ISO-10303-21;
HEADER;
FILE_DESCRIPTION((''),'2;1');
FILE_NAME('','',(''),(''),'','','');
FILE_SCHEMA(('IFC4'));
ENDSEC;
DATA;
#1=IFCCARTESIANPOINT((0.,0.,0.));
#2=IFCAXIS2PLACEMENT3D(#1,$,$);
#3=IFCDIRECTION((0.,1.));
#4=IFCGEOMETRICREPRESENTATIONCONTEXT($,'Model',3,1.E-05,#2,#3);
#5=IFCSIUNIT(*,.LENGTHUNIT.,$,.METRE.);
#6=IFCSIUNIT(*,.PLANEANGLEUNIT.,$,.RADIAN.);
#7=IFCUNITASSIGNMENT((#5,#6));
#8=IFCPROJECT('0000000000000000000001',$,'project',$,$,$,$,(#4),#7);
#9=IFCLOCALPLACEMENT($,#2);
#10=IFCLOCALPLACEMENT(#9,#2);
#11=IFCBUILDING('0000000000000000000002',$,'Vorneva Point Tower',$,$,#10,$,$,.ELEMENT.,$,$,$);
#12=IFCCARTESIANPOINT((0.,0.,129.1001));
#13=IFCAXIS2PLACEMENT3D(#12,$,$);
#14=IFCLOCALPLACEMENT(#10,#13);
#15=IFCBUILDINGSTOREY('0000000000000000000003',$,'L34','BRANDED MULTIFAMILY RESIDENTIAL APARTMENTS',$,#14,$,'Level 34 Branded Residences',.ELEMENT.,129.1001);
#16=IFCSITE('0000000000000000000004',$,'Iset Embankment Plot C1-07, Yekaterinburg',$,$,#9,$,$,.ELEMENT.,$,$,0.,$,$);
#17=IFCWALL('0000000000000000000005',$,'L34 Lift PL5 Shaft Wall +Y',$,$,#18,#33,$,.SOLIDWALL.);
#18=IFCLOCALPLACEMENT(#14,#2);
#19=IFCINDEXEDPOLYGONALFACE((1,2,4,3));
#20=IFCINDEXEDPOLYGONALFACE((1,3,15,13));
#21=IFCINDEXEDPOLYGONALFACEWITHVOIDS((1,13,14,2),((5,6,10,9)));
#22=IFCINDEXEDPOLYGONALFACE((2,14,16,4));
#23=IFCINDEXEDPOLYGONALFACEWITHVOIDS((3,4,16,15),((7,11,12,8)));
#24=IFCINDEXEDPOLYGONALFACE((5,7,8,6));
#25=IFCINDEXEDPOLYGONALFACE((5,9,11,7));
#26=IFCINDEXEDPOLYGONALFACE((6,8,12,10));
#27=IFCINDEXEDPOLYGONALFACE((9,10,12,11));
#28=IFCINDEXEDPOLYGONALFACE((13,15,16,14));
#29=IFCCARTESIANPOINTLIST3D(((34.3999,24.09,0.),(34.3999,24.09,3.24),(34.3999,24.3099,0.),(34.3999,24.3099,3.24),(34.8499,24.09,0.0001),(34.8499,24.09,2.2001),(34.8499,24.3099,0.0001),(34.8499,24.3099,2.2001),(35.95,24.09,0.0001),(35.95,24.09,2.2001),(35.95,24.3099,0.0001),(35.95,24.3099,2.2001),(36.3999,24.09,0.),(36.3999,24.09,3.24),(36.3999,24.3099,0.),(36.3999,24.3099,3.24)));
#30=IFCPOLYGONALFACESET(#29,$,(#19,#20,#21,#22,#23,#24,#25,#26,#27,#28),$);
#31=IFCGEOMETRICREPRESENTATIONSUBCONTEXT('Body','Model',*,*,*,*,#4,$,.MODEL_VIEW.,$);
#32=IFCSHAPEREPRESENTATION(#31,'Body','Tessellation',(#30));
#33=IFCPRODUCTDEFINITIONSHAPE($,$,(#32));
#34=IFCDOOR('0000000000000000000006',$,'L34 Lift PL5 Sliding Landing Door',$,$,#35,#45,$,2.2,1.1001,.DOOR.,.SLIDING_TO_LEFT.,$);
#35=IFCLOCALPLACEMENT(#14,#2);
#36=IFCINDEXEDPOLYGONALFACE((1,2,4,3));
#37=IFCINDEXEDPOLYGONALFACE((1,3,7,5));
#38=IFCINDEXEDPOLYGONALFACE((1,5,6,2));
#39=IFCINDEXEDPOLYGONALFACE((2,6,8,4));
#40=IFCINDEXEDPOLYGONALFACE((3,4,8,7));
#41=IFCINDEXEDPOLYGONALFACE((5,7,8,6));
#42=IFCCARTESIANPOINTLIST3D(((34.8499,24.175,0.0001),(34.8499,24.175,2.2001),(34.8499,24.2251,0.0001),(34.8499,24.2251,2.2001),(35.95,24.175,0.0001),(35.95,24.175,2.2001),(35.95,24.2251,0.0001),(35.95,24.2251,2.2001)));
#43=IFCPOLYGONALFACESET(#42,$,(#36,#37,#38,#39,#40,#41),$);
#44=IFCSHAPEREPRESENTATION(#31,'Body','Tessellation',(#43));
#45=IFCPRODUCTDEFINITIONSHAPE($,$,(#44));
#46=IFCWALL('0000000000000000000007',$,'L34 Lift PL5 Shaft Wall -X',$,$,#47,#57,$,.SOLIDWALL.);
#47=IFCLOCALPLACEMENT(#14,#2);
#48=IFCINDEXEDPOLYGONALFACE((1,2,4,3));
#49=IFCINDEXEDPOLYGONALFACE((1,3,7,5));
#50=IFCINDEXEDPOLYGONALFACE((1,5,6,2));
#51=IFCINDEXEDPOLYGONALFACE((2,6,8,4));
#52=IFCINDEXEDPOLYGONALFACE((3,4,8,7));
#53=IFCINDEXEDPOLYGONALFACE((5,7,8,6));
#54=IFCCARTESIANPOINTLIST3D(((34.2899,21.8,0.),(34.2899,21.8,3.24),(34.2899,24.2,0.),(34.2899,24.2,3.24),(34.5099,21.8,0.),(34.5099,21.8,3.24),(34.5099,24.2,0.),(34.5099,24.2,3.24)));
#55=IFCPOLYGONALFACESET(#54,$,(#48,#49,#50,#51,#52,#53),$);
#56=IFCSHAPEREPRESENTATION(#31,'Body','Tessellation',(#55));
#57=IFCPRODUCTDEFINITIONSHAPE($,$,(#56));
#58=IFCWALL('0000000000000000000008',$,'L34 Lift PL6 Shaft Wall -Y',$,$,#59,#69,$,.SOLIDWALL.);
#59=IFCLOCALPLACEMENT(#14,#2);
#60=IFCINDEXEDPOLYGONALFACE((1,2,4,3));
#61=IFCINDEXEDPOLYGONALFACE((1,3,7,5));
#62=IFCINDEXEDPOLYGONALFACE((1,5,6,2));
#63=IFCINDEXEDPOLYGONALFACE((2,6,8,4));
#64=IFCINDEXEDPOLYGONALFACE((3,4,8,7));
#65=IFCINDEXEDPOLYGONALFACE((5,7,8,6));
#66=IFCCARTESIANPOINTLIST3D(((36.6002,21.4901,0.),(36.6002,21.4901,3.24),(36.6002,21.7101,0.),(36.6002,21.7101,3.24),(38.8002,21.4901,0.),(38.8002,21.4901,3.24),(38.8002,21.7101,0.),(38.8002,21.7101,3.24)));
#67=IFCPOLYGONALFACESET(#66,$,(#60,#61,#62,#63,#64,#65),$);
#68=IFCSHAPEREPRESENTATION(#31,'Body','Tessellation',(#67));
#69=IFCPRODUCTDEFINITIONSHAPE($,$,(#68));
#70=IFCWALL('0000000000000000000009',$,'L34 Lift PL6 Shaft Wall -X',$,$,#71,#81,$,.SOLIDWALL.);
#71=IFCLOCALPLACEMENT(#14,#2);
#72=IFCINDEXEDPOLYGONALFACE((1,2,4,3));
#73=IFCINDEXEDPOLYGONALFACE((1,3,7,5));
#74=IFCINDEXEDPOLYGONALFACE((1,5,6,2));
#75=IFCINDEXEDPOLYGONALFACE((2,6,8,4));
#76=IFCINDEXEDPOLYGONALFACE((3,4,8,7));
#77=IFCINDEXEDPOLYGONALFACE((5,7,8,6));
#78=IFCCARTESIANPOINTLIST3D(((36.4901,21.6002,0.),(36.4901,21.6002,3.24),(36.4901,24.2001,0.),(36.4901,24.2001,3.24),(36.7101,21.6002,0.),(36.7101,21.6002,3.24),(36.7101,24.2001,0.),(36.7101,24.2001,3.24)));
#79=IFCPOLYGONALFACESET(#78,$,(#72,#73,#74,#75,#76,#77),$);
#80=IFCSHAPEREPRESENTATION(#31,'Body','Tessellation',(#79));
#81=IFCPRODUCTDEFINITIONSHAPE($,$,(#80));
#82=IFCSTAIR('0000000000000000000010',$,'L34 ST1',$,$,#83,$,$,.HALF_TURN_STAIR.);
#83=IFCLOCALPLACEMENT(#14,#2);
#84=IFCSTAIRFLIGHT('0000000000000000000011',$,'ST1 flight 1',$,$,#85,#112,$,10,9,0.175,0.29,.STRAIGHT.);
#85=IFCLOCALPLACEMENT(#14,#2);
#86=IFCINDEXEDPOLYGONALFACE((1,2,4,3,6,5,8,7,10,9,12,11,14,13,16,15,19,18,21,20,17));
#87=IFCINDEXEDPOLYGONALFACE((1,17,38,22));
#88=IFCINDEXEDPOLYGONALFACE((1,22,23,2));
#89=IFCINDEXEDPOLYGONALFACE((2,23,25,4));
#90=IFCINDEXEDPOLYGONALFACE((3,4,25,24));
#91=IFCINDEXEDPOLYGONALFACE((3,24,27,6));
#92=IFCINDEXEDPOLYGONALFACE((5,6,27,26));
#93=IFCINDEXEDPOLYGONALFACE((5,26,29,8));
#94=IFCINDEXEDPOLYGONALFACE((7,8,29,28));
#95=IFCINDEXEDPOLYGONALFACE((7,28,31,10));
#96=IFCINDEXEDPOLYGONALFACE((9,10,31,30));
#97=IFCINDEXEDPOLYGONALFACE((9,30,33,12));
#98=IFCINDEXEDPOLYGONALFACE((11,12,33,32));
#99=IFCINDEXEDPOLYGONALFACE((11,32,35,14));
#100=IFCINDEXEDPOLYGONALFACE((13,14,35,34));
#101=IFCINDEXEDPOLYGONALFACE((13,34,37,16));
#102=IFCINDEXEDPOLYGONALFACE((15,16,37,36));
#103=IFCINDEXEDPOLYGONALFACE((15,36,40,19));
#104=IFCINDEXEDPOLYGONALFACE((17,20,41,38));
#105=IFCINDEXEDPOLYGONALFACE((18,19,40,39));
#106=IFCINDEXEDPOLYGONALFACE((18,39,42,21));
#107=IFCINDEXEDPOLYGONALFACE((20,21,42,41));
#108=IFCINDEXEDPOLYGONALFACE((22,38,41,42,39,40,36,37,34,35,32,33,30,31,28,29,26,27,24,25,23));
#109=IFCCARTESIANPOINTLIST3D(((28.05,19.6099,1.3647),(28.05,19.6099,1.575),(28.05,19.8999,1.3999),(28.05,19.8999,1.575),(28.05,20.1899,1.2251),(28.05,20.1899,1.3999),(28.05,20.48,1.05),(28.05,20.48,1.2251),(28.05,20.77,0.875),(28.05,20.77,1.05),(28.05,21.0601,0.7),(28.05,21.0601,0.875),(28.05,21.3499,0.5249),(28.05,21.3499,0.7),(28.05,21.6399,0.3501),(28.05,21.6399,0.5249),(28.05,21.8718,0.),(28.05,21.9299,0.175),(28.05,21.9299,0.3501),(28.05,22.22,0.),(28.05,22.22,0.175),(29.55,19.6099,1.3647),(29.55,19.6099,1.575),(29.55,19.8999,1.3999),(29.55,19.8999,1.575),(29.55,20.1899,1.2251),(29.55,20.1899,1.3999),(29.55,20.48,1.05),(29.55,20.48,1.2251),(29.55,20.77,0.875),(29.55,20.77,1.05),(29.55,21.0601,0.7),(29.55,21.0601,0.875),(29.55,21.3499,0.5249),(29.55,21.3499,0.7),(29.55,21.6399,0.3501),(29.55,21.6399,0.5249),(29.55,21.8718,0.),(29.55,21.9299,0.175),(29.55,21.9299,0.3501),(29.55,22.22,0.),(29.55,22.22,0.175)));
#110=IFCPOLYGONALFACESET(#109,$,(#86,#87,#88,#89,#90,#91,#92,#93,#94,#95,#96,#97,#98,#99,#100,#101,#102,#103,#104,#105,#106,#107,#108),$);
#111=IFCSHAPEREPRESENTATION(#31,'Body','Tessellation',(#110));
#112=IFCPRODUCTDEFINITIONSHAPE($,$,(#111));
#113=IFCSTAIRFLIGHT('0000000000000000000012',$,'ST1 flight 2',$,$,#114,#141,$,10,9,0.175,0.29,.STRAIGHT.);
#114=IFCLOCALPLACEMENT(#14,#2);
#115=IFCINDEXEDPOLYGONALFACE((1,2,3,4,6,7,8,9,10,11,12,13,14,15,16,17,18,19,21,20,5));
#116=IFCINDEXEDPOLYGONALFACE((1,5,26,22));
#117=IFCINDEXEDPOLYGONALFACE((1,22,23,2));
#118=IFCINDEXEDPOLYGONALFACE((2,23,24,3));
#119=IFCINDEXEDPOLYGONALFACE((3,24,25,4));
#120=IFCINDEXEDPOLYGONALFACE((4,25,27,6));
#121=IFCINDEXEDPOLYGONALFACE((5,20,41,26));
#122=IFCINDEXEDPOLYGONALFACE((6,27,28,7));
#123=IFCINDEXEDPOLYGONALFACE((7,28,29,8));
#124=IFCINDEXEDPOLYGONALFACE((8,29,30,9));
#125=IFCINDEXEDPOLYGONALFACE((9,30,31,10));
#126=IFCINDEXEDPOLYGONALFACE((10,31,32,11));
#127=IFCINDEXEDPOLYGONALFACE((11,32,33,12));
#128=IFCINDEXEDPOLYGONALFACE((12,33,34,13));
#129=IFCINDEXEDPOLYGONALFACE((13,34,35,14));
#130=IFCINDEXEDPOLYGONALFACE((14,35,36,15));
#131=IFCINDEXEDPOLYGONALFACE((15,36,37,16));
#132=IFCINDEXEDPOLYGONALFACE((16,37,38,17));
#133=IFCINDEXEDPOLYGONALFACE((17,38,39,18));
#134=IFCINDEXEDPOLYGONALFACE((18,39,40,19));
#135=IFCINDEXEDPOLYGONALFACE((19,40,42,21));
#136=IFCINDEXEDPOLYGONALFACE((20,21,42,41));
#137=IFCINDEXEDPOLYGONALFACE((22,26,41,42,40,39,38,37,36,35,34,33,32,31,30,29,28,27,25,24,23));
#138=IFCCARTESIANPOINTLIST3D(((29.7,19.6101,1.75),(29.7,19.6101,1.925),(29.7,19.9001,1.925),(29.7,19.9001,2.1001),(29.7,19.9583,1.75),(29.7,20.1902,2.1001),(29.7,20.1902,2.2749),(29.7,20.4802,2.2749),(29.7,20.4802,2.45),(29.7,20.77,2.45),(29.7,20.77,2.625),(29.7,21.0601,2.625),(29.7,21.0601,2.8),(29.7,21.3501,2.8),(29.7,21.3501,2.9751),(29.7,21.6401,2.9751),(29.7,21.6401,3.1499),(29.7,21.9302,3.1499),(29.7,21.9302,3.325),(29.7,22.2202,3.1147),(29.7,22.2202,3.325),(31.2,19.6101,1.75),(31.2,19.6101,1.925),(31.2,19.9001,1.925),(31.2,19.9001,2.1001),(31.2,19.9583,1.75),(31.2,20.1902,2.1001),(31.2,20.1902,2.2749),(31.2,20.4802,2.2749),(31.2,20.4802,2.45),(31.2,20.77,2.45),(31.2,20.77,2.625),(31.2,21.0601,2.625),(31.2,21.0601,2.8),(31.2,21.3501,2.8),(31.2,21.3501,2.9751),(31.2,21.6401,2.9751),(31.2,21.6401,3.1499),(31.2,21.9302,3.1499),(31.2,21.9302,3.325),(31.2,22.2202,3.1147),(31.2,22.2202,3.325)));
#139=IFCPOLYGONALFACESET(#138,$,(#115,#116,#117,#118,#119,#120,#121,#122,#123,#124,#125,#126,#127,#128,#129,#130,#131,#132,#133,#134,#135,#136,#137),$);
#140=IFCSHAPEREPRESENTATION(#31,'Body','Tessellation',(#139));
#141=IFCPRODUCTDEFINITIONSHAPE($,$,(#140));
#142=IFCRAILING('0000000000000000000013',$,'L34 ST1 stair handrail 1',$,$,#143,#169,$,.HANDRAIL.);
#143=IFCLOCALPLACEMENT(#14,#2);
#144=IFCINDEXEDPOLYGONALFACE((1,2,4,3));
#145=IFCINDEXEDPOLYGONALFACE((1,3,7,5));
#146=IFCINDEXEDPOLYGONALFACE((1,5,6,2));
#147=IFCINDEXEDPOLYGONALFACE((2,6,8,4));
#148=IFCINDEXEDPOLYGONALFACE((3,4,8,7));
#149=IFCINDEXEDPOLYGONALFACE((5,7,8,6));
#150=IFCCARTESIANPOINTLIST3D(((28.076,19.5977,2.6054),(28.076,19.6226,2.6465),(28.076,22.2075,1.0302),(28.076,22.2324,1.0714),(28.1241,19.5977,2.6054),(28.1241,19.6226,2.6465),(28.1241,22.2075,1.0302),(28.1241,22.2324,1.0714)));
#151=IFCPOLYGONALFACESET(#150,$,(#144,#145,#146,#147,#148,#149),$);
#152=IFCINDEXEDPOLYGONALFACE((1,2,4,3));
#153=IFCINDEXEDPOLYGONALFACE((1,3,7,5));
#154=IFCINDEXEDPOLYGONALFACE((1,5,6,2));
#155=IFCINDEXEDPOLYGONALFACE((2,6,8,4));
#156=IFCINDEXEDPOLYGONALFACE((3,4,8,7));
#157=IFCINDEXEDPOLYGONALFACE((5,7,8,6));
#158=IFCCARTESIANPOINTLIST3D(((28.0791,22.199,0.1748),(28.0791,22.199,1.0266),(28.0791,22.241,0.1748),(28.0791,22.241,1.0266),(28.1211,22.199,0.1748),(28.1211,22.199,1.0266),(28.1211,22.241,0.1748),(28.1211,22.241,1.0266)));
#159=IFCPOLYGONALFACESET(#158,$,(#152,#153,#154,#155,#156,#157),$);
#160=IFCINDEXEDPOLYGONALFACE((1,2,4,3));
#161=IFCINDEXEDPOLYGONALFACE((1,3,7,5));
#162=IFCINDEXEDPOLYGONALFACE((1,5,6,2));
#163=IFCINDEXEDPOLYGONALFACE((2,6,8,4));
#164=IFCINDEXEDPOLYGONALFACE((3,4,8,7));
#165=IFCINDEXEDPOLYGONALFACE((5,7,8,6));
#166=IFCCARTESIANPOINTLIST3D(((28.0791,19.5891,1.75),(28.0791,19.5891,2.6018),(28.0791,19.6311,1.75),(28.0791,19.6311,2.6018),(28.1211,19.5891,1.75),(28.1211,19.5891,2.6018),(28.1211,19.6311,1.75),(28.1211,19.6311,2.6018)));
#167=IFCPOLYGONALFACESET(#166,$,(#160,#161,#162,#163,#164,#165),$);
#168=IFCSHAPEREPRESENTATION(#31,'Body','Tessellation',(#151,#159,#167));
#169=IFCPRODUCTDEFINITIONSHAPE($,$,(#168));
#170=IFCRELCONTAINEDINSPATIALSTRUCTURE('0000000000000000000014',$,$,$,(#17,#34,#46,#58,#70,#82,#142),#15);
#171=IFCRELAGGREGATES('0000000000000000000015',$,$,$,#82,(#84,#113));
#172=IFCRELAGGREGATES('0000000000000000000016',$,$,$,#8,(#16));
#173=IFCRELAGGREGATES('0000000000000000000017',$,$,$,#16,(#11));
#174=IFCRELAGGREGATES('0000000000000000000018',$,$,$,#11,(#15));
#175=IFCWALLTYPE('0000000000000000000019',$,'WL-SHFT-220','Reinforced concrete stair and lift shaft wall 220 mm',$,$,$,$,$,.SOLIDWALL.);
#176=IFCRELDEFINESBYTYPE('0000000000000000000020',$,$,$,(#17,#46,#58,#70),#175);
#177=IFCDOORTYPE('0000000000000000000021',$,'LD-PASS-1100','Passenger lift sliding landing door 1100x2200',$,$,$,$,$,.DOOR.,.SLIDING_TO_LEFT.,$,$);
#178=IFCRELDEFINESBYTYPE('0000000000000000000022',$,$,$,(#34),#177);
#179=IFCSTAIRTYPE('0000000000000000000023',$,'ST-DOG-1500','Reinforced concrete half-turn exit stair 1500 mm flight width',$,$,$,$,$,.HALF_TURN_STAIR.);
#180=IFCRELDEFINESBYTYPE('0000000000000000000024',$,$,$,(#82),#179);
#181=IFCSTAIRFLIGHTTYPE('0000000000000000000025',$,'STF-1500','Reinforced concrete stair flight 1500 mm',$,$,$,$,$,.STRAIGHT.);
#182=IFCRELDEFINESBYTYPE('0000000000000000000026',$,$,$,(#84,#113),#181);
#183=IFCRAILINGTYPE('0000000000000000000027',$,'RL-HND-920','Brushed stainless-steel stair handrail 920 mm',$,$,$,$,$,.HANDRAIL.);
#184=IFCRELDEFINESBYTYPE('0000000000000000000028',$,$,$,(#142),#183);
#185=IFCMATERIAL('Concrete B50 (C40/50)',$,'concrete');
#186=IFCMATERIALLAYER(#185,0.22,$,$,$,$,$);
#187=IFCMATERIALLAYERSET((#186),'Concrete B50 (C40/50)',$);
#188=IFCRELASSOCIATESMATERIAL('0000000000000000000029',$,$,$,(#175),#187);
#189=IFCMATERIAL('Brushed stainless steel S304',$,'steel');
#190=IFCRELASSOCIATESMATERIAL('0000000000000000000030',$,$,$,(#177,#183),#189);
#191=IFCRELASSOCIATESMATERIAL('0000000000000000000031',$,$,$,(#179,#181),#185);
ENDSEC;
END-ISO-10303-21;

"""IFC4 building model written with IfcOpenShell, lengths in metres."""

from ifc_helpers import new_model, si_unit, direction, frame, frame_2d, origin, origin_2d, place, context, subcontext, project, spatial, polyline, rectangle, outline, extrude, material, layer, layer_set, type_object, element, fill, aggregate, save


model = new_model("IFC4")

# Units and contexts
model_context = context("Model", 3, precision=1e-05, world=origin(), true_north=direction((0.0, 1.0)))
body_context = subcontext(model_context, "Body", "Model", "MODEL_VIEW")
ifc_project = project(units=[si_unit("LENGTHUNIT", "METRE"), si_unit("PLANEANGLEUNIT", "RADIAN")], contexts=[model_context])

# Site, building, storey
site_placement = place(None, origin())
site = spatial("IfcSite", under=ifc_project, at=site_placement, Name="Iset Embankment Plot C1-07, Yekaterinburg", CompositionType="ELEMENT", RefElevation=0.0)
building_placement = place(site_placement, origin())
building = spatial("IfcBuilding", under=site, at=building_placement, Name="Vorneva Point Tower", CompositionType="ELEMENT")
storey_placement = place(building_placement, frame((0.0, 0.0, 129.1001)))
storey = spatial("IfcBuildingStorey", under=building, at=storey_placement, Name="L34", Description="BRANDED MULTIFAMILY RESIDENTIAL APARTMENTS", LongName="Level 34 Branded Residences", CompositionType="ELEMENT", Elevation=129.1001)

# Shared definitions
ifc_material_1 = material(Name="Concrete B50 (C40/50)", Category="concrete")
ifc_layer_1 = layer(ifc_material_1, 0.22)
ifc_layer_set_1 = layer_set([ifc_layer_1], Name="Concrete B50 (C40/50)")
wall_type_1 = type_object("IfcWallType", Name="WL-SHFT-220", Description="Reinforced concrete stair and lift shaft wall 220 mm", PredefinedType="SOLIDWALL", material=ifc_layer_set_1)

# Shared definitions
ifc_material_2 = material(Name="Brushed stainless steel S304", Category="steel")
door_type_1 = type_object("IfcDoorType", Name="LD-PASS-1100", Description="Passenger lift sliding landing door 1100x2200", OperationType="SLIDING_TO_LEFT", PredefinedType="DOOR", material=ifc_material_2)

# Wall, opening, door
wall_1_placement = place(storey_placement, frame((36.3999, 24.2, 0.0), z_axis=(0.0, 0.0, 1.0), x_axis=(-1.0, 0.0, 0.0)))
wall_1 = element("IfcWall", 1, at=wall_1_placement, inside=storey, type_object=wall_type_1, Name="L34 Lift PL5 Shaft Wall +Y", PredefinedType="SOLIDWALL", context=body_context, shape_type="SweptSolid", body=[
    extrude(rectangle(XDim=2.0, YDim=0.22, at=frame_2d((1.0, 0.0))), origin(), (0.0, 0.0, 1.0), 3.24),
])
opening_1_placement = place(wall_1_placement, frame((0.45, 0.0, 0.0)))
opening_1 = element("IfcOpeningElement", 2, at=opening_1_placement, cuts=wall_1, PredefinedType="OPENING", context=body_context, shape_type="SweptSolid", body=[
    extrude(rectangle(XDim=1.1001, YDim=2.2, at=frame_2d((0.55, 1.1001))), frame((0.0, 0.125, 0.0), z_axis=(0.0, -1.0, 0.0), x_axis=(1.0, 0.0, 0.0)), (0.0, 0.0, 1.0), 0.2498),
])
door_1_placement = place(opening_1_placement, origin())
door_1 = element("IfcDoor", 3, at=door_1_placement, inside=storey, type_object=door_type_1, Name="L34 Lift PL5 Sliding Landing Door", OperationType="SLIDING_TO_LEFT", OverallHeight=2.2, OverallWidth=1.1001, PredefinedType="DOOR", context=body_context, shape_type="SweptSolid", body=[
    extrude(rectangle(XDim=1.1001, YDim=2.2, at=frame_2d((0.55, 1.1001))), frame((0.0, 0.0249, 0.0), z_axis=(0.0, -1.0, 0.0), x_axis=(1.0, 0.0, 0.0)), (0.0, 0.0, 1.0), 0.05),
])
fill(opening_1, door_1)

# Walls
wall_2_placement = place(storey_placement, frame((34.3999, 24.2, 0.0), z_axis=(0.0, 0.0, 1.0), x_axis=(0.0, -1.0, 0.0)))
element("IfcWall", 4, at=wall_2_placement, inside=storey, type_object=wall_type_1, Name="L34 Lift PL5 Shaft Wall -X", PredefinedType="SOLIDWALL", context=body_context, shape_type="SweptSolid", body=[
    extrude(rectangle(XDim=2.3999, YDim=0.22, at=frame_2d((1.2, 0.0))), origin(), (0.0, 0.0, 1.0), 3.24),
])
wall_3_placement = place(storey_placement, frame((36.6001, 21.6001, 0.0), z_axis=(0.0, 0.0, 1.0), x_axis=(1.0, 0.0, 0.0)))
element("IfcWall", 5, at=wall_3_placement, inside=storey, type_object=wall_type_1, Name="L34 Lift PL6 Shaft Wall -Y", PredefinedType="SOLIDWALL", context=body_context, shape_type="SweptSolid", body=[
    extrude(rectangle(XDim=2.2, YDim=0.22, at=frame_2d((1.1001, 0.0))), origin(), (0.0, 0.0, 1.0), 3.24),
])
wall_4_placement = place(storey_placement, frame((36.6001, 24.2, 0.0), z_axis=(0.0, 0.0, 1.0), x_axis=(0.0, -1.0, 0.0)))
element("IfcWall", 6, at=wall_4_placement, inside=storey, type_object=wall_type_1, Name="L34 Lift PL6 Shaft Wall -X", PredefinedType="SOLIDWALL", context=body_context, shape_type="SweptSolid", body=[
    extrude(rectangle(XDim=2.5999, YDim=0.22, at=frame_2d((1.2998, 0.0))), origin(), (0.0, 0.0, 1.0), 3.24),
])

# Stair, stair flights
stair_type = type_object("IfcStairType", Name="ST-DOG-1500", Description="Reinforced concrete half-turn exit stair 1500 mm flight width", PredefinedType="HALF_TURN_STAIR", material=ifc_material_1)
stair_placement = place(storey_placement, origin())
stair = element("IfcStair", 7, at=stair_placement, inside=storey, type_object=stair_type, Name="L34 ST1", PredefinedType="HALF_TURN_STAIR")
stair_flight_type = type_object("IfcStairFlightType", Name="STF-1500", Description="Reinforced concrete stair flight 1500 mm", PredefinedType="STRAIGHT", material=ifc_material_1)
stair_flight_1_placement = place(storey_placement, frame((28.8, 22.22, 0.0), z_axis=(0.0, 0.0, 1.0), x_axis=(0.0, -1.0, 0.0)))
stair_flight_1 = element("IfcStairFlight", 8, at=stair_flight_1_placement, type_object=stair_flight_type, Name="ST1 flight 1", NumberOfRisers=10, NumberOfTreads=9, PredefinedType="STRAIGHT", RiserHeight=0.175, TreadLength=0.29, context=body_context, shape_type="SweptSolid", body=[
    extrude(outline(polyline([(0.0, 0.0), (0.0, 0.175), (0.29, 0.175), (0.29, 0.3501), (0.5801, 0.3501), (0.5801, 0.5249), (0.8701, 0.5249), (0.8701, 0.7), (1.1599, 0.7), (1.1599, 0.875), (1.45, 0.875), (1.45, 1.05), (1.74, 1.05), (1.74, 1.2251), (2.03, 1.2251), (2.03, 1.3999), (2.3201, 1.3999), (2.3201, 1.575), (2.6101, 1.575), (2.6101, 1.75), (2.6101, 1.3647), (0.3481, 0.0), (0.0, 0.0)])), frame((0.0, 0.75, 0.0), z_axis=(0.0, -1.0, 0.0), x_axis=(1.0, 0.0, 0.0)), (0.0, 0.0, 1.0), 1.5),
])
stair_flight_2_placement = place(storey_placement, frame((30.45, 19.6101, 1.75), z_axis=(0.0, 0.0, 1.0), x_axis=(0.0, 1.0, 0.0)))
stair_flight_2 = element("IfcStairFlight", 9, at=stair_flight_2_placement, type_object=stair_flight_type, Name="ST1 flight 2", NumberOfRisers=10, NumberOfTreads=9, PredefinedType="STRAIGHT", RiserHeight=0.175, TreadLength=0.29, context=body_context, shape_type="SweptSolid", body=[
    extrude(outline(polyline([(0.0, 0.0), (0.0, 0.175), (0.29, 0.175), (0.29, 0.3501), (0.5801, 0.3501), (0.5801, 0.5249), (0.8701, 0.5249), (0.8701, 0.7), (1.1599, 0.7), (1.1599, 0.875), (1.45, 0.875), (1.45, 1.05), (1.74, 1.05), (1.74, 1.2251), (2.03, 1.2251), (2.03, 1.3999), (2.3201, 1.3999), (2.3201, 1.575), (2.6101, 1.575), (2.6101, 1.75), (2.6101, 1.3647), (0.3481, 0.0), (0.0, 0.0)])), frame((0.0, 0.75, 0.0), z_axis=(0.0, -1.0, 0.0), x_axis=(1.0, 0.0, 0.0)), (0.0, 0.0, 1.0), 1.5),
])
aggregate(stair, [stair_flight_1, stair_flight_2])

# Railing
railing_type_1 = type_object("IfcRailingType", Name="RL-HND-920", Description="Brushed stainless-steel stair handrail 920 mm", PredefinedType="HANDRAIL", material=ifc_material_2)
railing_1_placement = place(storey_placement, frame((28.1001, 22.22, 0.1748)))
element("IfcRailing", 10, at=railing_1_placement, inside=storey, type_object=railing_type_1, Name="L34 ST1 stair handrail 1", PredefinedType="HANDRAIL", context=body_context, shape_type="SweptSolid", body=[
    extrude(rectangle(XDim=0.0481, YDim=0.0481, at=origin_2d()), frame((0.0, 0.0, 0.876), z_axis=(0.0, -0.856147, 0.516732), x_axis=(1.0, 0.0, 0.0)), (0.0, 0.0, 1.0), 3.0483),
    extrude(rectangle(XDim=0.042, YDim=0.042, at=origin_2d()), origin(), (0.0, 0.0, 1.0), 0.8518),
    extrude(rectangle(XDim=0.042, YDim=0.042, at=origin_2d()), frame((0.0, -2.6099, 1.5752)), (0.0, 0.0, 1.0), 0.8518),
])

save(model, "model.ifc")
